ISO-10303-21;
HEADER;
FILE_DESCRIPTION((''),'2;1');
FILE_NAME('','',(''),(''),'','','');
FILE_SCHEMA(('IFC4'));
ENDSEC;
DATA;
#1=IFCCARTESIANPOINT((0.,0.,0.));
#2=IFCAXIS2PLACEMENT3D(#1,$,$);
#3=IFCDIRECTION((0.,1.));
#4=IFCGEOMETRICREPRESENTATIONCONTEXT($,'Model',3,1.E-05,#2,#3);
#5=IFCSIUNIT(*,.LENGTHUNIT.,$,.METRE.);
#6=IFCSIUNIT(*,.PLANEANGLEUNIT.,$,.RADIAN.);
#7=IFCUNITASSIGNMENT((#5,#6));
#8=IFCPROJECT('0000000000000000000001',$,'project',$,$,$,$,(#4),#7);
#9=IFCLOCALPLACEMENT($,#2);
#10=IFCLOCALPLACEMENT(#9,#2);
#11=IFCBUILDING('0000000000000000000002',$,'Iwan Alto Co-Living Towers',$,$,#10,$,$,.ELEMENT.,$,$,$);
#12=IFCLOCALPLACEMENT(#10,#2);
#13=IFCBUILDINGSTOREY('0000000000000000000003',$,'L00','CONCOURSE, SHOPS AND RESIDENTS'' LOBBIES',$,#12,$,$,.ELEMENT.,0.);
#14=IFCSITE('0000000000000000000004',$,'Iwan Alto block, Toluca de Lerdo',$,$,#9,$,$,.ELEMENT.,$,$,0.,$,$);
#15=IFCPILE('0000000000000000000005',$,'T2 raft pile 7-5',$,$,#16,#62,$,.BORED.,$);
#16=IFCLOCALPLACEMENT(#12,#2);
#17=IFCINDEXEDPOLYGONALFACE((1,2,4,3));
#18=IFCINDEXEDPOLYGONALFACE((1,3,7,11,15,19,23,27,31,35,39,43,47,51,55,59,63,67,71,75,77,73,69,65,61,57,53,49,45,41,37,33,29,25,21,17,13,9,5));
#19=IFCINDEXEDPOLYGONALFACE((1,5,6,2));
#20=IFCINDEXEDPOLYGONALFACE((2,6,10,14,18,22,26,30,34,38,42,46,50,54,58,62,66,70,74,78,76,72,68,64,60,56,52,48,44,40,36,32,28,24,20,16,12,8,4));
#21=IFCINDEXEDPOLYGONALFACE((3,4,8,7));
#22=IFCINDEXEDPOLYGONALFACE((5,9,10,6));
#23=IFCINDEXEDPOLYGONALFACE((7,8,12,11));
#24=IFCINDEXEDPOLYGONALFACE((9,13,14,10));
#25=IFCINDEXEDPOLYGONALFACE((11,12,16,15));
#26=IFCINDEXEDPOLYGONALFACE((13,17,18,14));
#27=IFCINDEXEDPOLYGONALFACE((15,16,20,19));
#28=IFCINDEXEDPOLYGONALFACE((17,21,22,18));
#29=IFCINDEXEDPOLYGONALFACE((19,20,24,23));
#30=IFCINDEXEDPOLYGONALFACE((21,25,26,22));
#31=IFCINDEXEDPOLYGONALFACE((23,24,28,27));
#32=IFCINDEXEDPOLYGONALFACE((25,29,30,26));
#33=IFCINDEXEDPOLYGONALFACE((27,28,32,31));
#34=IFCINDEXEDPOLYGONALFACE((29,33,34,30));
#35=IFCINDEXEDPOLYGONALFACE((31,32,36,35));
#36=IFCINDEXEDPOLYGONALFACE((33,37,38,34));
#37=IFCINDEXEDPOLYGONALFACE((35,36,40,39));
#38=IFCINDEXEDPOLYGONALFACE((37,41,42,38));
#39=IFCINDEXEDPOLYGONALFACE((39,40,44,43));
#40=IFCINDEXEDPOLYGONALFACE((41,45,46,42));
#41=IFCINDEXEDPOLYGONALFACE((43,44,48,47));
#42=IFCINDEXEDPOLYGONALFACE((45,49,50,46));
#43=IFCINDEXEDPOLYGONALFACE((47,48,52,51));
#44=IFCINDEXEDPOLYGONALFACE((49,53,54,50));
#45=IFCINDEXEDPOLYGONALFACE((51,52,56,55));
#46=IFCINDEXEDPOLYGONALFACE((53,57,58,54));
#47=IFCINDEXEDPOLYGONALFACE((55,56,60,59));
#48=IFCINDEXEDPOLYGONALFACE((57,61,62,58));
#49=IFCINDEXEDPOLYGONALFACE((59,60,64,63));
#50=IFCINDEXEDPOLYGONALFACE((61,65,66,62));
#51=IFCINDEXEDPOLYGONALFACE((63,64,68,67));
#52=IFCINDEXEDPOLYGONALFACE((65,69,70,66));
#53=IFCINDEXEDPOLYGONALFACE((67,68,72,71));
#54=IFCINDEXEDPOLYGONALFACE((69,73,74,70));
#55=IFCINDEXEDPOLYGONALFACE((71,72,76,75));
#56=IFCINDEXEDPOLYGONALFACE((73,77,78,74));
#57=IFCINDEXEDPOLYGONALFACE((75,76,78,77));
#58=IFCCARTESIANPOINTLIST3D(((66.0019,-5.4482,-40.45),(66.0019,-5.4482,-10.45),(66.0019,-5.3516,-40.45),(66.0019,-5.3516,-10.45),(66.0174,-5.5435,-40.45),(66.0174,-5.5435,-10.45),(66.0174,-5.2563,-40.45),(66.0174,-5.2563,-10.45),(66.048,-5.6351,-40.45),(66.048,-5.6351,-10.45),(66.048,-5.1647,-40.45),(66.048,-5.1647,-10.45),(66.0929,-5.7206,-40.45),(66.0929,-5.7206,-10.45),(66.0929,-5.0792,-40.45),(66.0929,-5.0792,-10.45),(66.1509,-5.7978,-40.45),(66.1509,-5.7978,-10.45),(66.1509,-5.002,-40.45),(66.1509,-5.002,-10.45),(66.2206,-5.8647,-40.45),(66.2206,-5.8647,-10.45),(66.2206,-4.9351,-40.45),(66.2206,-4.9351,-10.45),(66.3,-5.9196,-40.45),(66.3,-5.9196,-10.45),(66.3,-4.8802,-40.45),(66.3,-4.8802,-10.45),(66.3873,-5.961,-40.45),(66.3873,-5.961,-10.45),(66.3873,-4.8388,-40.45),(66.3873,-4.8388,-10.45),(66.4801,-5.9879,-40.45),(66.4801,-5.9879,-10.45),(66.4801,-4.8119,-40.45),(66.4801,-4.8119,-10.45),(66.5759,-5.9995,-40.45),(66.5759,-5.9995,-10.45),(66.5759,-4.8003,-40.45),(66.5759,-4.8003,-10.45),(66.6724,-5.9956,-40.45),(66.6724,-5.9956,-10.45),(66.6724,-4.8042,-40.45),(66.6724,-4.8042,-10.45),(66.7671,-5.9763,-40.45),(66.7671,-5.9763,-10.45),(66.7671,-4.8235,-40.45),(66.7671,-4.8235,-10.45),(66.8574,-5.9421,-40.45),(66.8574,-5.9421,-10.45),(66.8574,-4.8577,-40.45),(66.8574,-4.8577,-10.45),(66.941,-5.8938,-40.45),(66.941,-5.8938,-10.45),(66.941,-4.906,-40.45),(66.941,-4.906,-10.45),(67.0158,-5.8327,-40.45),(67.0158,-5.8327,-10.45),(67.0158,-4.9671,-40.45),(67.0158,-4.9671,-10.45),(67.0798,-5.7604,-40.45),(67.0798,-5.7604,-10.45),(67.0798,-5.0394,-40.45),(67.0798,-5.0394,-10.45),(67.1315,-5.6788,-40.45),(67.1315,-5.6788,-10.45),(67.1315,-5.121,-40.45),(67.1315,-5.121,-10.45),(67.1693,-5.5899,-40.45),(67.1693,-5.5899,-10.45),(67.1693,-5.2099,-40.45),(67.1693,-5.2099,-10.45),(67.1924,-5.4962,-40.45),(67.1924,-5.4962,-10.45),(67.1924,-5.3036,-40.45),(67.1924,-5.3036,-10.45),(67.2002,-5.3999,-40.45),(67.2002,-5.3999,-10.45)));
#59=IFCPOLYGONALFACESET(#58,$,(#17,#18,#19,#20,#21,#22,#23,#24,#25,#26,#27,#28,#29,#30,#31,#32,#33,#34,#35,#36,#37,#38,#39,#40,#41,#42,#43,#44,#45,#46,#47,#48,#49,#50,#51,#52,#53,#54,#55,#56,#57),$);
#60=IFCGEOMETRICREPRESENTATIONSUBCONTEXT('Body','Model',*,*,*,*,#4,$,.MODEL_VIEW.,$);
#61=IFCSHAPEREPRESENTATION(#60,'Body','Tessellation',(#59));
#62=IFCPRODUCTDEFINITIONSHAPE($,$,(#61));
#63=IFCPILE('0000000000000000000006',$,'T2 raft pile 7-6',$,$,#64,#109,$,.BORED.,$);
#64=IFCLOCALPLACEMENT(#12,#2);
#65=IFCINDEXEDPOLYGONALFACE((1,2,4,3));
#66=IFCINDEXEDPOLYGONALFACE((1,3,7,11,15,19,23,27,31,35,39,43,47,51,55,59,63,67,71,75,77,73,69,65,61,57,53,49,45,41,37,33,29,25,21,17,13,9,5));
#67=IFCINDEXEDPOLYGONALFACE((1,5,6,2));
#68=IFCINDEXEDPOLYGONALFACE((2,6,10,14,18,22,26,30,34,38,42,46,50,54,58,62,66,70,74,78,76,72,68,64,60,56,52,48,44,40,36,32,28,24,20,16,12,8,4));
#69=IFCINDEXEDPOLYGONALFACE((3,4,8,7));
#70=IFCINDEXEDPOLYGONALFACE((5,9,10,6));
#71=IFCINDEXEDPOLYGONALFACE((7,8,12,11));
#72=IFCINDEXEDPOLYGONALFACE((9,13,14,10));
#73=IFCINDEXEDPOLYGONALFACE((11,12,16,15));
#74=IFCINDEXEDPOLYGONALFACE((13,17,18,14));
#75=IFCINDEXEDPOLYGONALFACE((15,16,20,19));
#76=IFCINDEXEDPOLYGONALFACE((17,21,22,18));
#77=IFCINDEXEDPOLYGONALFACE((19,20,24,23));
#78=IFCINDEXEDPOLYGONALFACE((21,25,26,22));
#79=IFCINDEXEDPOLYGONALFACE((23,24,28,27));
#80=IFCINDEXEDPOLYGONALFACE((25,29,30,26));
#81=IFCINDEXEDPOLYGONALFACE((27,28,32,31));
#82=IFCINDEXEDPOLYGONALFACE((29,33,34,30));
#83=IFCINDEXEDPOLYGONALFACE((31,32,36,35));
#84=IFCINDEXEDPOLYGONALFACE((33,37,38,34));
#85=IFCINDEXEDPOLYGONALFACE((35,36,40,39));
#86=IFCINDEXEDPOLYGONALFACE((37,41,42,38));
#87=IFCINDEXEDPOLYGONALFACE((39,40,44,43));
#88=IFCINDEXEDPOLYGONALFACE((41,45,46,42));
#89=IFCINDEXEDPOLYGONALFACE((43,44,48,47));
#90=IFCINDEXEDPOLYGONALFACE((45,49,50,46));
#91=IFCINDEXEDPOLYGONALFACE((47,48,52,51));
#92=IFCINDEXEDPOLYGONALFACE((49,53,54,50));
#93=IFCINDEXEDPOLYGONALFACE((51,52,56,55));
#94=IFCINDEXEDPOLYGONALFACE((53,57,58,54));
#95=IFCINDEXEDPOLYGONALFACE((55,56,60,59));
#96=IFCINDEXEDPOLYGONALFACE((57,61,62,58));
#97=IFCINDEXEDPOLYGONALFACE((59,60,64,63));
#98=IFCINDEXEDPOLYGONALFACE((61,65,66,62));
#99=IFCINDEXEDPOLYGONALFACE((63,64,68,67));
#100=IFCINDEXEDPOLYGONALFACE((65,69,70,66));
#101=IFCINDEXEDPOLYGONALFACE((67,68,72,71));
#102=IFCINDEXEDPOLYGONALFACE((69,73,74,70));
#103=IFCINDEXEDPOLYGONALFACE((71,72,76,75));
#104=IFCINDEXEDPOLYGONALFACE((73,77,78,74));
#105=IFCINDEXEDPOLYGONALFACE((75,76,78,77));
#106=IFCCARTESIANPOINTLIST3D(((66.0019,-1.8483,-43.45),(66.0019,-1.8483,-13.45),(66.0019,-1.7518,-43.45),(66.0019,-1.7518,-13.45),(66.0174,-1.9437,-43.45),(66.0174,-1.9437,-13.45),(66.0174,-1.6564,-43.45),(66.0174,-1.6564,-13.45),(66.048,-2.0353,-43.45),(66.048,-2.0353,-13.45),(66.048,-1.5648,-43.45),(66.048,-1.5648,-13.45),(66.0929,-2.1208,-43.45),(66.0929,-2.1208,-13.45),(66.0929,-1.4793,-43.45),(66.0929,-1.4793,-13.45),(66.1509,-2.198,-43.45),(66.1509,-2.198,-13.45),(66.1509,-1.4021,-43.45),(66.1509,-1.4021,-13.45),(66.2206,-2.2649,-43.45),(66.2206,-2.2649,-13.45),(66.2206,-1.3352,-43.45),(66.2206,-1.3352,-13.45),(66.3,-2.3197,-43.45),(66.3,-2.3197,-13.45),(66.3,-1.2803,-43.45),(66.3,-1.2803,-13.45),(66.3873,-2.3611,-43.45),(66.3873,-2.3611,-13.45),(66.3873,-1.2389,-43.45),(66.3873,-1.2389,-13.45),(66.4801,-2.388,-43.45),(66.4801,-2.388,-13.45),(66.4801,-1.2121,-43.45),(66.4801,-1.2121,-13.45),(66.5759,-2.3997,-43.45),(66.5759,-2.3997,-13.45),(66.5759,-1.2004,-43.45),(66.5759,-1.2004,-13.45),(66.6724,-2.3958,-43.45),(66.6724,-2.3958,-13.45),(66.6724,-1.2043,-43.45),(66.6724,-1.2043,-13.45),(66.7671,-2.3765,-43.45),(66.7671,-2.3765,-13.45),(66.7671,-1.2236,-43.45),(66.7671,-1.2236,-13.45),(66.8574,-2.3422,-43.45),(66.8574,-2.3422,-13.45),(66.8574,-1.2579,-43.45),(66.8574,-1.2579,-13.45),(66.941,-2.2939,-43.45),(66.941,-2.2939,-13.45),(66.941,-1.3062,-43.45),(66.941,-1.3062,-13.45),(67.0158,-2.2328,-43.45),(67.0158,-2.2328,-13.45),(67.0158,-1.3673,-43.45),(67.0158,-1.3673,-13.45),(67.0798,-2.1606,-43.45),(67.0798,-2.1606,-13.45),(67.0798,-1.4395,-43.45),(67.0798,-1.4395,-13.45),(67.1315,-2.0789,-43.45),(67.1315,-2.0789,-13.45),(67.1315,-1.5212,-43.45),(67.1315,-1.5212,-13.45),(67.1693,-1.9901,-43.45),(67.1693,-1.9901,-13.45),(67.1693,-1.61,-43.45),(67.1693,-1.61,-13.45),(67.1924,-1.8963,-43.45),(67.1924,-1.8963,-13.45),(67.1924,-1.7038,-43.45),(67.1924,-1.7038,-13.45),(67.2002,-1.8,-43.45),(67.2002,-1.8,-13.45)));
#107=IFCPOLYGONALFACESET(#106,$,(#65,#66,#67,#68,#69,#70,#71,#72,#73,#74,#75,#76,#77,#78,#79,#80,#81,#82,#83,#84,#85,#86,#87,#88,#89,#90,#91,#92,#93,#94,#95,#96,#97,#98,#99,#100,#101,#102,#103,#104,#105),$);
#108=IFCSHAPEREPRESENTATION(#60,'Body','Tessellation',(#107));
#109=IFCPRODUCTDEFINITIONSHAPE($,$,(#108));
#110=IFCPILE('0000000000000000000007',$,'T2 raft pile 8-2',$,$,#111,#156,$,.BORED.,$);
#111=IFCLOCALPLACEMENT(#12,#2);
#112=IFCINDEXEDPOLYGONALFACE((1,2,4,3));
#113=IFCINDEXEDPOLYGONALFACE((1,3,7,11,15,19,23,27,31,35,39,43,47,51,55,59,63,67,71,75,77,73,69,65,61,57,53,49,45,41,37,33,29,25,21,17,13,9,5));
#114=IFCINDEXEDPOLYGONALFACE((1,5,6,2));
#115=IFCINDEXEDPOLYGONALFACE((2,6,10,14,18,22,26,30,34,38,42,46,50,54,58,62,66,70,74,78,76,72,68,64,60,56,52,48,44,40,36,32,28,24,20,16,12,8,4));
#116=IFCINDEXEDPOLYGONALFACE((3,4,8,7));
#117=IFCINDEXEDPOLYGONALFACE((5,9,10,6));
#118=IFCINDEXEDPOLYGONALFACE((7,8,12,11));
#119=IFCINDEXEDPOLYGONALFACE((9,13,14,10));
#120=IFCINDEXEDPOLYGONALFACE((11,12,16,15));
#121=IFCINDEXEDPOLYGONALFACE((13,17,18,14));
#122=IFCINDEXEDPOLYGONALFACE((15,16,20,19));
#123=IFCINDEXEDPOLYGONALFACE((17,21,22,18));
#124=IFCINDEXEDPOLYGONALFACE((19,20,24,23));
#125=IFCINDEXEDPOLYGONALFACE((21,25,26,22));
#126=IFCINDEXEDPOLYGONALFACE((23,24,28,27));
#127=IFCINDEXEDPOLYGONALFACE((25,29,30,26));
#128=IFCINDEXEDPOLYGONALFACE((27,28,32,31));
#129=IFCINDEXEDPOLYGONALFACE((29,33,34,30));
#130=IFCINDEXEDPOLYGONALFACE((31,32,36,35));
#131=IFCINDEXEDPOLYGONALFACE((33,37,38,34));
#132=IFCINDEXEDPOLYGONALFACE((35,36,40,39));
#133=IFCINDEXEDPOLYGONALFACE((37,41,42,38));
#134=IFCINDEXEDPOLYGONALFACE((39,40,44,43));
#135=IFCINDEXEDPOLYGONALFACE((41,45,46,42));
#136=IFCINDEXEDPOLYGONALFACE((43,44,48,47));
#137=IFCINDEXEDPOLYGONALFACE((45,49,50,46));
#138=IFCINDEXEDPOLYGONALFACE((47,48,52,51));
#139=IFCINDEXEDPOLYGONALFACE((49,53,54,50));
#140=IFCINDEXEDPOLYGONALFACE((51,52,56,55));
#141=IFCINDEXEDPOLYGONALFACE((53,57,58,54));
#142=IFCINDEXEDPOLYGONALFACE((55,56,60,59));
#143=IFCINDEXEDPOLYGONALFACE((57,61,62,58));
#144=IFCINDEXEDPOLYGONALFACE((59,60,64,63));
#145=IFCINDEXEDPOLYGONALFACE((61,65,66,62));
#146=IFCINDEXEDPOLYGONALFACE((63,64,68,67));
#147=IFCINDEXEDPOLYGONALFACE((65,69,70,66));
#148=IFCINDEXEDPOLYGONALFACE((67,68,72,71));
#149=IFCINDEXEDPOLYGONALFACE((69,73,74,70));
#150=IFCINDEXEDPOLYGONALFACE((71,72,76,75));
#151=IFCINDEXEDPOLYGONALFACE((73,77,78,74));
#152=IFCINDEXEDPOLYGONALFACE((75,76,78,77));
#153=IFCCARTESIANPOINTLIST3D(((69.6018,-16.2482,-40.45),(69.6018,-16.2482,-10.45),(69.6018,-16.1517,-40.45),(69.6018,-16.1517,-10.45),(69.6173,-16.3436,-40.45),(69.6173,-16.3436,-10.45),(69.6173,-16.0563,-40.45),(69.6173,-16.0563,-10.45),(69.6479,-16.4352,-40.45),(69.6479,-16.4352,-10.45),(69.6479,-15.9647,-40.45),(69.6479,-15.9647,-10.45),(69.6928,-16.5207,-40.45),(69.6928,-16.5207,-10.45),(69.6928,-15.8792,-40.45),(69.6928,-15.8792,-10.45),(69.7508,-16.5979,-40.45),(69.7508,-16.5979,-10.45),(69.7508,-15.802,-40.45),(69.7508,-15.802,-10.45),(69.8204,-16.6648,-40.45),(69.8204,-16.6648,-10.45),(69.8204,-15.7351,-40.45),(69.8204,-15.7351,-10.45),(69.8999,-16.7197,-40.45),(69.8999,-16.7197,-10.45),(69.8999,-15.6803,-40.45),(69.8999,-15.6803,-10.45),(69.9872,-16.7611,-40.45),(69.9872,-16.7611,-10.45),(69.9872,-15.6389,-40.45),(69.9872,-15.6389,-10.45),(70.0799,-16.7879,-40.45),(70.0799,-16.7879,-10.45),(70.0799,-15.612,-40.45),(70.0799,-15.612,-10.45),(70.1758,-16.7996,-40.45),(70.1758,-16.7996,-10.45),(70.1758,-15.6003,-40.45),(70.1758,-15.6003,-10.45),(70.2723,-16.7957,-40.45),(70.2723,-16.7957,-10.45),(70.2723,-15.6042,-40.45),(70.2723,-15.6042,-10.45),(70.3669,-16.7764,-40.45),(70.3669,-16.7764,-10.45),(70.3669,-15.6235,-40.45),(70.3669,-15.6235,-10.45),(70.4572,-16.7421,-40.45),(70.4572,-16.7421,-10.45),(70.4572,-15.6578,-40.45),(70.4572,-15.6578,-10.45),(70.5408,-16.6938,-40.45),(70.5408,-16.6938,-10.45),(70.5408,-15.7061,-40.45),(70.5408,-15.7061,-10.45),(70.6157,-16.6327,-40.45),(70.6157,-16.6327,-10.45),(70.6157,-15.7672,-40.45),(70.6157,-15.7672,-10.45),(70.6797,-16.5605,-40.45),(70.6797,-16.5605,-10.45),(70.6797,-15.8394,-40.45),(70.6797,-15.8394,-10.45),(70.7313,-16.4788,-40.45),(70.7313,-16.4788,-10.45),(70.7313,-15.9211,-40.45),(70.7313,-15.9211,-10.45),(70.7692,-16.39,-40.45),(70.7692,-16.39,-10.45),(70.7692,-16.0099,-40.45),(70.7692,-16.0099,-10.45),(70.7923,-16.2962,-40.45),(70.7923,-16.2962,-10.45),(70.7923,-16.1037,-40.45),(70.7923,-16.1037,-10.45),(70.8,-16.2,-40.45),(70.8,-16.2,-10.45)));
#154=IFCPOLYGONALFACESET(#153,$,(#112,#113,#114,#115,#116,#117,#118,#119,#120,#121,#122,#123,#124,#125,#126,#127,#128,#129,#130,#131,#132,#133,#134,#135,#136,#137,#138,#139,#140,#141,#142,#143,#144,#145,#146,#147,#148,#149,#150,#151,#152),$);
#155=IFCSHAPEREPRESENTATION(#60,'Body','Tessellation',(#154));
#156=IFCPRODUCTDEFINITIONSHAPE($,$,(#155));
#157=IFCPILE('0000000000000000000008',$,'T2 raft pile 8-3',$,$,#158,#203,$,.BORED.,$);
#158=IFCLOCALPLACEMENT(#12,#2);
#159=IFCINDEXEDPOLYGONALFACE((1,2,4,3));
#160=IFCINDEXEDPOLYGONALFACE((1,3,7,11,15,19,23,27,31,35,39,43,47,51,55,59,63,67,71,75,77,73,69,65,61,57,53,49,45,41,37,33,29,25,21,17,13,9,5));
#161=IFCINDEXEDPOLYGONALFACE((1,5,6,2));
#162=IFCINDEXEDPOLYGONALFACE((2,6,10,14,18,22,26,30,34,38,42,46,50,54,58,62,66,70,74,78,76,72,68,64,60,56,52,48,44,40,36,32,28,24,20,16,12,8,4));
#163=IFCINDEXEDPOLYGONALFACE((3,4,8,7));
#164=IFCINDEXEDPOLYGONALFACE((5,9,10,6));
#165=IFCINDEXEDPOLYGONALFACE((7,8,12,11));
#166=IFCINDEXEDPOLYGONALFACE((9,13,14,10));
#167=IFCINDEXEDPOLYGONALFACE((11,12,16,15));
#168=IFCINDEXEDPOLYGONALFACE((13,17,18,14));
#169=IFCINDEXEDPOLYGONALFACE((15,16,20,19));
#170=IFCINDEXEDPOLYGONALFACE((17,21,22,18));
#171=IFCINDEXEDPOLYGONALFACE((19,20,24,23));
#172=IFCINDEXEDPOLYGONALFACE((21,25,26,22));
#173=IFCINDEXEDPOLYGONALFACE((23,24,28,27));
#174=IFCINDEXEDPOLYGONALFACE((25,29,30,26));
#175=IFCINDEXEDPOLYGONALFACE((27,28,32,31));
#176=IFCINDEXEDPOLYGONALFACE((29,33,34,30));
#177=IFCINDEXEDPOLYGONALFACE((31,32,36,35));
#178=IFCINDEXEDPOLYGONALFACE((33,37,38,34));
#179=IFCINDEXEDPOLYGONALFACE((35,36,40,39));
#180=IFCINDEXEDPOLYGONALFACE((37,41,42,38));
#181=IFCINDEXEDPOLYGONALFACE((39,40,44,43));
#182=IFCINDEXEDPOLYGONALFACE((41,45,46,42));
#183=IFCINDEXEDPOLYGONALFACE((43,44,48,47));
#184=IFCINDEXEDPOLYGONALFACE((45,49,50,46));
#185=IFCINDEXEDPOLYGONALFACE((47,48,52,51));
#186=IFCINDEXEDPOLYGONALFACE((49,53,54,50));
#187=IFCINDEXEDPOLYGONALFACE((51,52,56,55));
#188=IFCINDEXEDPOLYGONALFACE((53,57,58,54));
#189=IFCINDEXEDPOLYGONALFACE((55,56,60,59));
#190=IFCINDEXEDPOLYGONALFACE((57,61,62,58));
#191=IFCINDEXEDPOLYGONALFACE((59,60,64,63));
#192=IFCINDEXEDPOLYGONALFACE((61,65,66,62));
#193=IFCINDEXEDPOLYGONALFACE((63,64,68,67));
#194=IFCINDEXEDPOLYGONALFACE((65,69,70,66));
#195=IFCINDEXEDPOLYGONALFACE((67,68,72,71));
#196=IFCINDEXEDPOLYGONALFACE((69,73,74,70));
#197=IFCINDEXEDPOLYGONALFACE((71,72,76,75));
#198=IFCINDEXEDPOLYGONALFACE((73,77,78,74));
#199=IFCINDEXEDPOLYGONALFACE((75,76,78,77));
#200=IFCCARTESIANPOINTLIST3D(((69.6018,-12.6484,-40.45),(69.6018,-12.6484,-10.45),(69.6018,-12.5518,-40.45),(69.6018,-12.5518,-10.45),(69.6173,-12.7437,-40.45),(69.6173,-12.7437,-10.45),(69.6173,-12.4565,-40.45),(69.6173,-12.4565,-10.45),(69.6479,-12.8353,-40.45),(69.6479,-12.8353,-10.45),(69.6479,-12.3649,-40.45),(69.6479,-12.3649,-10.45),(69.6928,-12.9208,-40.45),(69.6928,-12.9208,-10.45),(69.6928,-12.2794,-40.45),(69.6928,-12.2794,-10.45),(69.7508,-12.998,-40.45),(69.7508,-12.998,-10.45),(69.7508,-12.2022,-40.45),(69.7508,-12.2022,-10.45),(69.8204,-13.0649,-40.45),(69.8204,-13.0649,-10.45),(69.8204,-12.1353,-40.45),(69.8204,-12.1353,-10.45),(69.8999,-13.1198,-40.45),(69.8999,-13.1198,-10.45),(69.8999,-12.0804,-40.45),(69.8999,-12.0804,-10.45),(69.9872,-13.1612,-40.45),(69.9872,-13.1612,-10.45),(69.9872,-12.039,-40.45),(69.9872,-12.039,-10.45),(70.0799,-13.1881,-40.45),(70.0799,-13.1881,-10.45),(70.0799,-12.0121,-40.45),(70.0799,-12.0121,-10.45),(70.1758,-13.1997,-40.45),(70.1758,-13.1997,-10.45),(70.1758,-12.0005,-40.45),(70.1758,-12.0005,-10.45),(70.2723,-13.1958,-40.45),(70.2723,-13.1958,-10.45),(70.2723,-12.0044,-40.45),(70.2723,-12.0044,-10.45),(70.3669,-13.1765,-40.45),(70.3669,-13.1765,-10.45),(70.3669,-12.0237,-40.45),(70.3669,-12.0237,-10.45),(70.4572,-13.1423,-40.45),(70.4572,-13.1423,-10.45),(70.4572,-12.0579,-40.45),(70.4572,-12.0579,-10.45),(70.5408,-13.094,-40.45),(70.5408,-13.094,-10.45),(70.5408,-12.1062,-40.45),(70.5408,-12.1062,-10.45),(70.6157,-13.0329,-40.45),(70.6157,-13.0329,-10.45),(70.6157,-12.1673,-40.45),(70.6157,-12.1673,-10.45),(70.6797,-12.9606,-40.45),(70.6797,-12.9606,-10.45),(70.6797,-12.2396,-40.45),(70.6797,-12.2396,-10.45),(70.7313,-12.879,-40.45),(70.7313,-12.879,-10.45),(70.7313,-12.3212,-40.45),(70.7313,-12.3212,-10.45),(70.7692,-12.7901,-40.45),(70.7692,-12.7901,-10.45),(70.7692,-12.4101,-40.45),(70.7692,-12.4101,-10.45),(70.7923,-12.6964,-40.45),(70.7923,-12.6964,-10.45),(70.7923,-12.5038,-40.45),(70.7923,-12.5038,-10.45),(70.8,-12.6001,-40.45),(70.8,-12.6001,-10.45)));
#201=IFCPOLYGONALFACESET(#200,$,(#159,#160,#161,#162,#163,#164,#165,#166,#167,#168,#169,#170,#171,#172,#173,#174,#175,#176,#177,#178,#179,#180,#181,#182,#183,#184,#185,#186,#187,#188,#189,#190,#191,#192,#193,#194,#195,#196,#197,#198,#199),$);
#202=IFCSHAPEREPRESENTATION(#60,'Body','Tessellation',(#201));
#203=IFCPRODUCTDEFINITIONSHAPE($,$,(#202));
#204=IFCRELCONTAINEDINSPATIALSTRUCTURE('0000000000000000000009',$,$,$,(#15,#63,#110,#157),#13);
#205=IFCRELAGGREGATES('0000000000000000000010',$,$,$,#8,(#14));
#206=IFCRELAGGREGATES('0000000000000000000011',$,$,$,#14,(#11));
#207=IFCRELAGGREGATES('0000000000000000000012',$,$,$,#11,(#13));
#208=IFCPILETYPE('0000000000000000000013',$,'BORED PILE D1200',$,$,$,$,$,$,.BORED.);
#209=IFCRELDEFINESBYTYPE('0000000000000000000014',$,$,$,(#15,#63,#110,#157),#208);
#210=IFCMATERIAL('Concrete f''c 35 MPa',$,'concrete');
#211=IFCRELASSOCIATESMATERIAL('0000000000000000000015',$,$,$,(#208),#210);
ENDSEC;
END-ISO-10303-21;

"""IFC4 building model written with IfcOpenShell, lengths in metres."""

from ifc_helpers import new_model, si_unit, direction, frame, origin, origin_2d, place, context, subcontext, project, spatial, circle, extrude, material, material_profile, profile_set, type_object, element, save


model = new_model("IFC4")

# Units and contexts
model_context = context("Model", 3, precision=1e-05, world=origin(), true_north=direction((0.0, 1.0)))
body_context = subcontext(model_context, "Body", "Model", "MODEL_VIEW")
ifc_project = project(units=[si_unit("LENGTHUNIT", "METRE"), si_unit("PLANEANGLEUNIT", "RADIAN")], contexts=[model_context])

# Site, building, storey
site_placement = place(None, origin())
site = spatial("IfcSite", under=ifc_project, at=site_placement, Name="Iwan Alto block, Toluca de Lerdo", CompositionType="ELEMENT", RefElevation=0.0)
building_placement = place(site_placement, origin())
building = spatial("IfcBuilding", under=site, at=building_placement, Name="Iwan Alto Co-Living Towers", CompositionType="ELEMENT")
storey_placement = place(building_placement, origin())
storey = spatial("IfcBuildingStorey", under=building, at=storey_placement, Name="L00", Description="CONCOURSE, SHOPS AND RESIDENTS' LOBBIES", CompositionType="ELEMENT", Elevation=0.0)

# Piles
ifc_material_1 = material(Name="Concrete f'c 35 MPa", Category="concrete")
ifc_material_profile = material_profile(ifc_material_1, circle(Radius=0.6001, at=origin_2d()), Name="D1200")
ifc_profile_set = profile_set([ifc_material_profile], Name="Concrete f'c 35 MPa")
pile_type = type_object("IfcPileType", Name="BORED PILE D1200", PredefinedType="BORED", material=ifc_profile_set)
for number, where, z_axis, x_axis, name in (
    (1, (66.6001, -5.3999, -10.45), (0.0, 0.0, -1.0), (1.0, 0.0, 0.0), "T2 raft pile 7-5"),
    (2, (66.6001, -1.8, -13.45), (0.0, 0.0, -1.0), (1.0, 0.0, 0.0), "T2 raft pile 7-6"),
    (3, (70.2, -16.2, -10.45), (0.0, 0.0, -1.0), (1.0, 0.0, 0.0), "T2 raft pile 8-2"),
    (4, (70.2, -12.6001, -10.45), (0.0, 0.0, -1.0), (1.0, 0.0, 0.0), "T2 raft pile 8-3"),
):
    element("IfcPile", number, at=place(storey_placement, frame(where, z_axis=z_axis, x_axis=x_axis)), inside=storey, type_object=pile_type, Name=name, PredefinedType="BORED", context=body_context, shape_type="SweptSolid", body=[
        extrude(circle(Radius=0.6001, at=origin_2d()), origin(), (0.0, 0.0, 1.0), 30.0),
    ])

save(model, "model.ifc")
